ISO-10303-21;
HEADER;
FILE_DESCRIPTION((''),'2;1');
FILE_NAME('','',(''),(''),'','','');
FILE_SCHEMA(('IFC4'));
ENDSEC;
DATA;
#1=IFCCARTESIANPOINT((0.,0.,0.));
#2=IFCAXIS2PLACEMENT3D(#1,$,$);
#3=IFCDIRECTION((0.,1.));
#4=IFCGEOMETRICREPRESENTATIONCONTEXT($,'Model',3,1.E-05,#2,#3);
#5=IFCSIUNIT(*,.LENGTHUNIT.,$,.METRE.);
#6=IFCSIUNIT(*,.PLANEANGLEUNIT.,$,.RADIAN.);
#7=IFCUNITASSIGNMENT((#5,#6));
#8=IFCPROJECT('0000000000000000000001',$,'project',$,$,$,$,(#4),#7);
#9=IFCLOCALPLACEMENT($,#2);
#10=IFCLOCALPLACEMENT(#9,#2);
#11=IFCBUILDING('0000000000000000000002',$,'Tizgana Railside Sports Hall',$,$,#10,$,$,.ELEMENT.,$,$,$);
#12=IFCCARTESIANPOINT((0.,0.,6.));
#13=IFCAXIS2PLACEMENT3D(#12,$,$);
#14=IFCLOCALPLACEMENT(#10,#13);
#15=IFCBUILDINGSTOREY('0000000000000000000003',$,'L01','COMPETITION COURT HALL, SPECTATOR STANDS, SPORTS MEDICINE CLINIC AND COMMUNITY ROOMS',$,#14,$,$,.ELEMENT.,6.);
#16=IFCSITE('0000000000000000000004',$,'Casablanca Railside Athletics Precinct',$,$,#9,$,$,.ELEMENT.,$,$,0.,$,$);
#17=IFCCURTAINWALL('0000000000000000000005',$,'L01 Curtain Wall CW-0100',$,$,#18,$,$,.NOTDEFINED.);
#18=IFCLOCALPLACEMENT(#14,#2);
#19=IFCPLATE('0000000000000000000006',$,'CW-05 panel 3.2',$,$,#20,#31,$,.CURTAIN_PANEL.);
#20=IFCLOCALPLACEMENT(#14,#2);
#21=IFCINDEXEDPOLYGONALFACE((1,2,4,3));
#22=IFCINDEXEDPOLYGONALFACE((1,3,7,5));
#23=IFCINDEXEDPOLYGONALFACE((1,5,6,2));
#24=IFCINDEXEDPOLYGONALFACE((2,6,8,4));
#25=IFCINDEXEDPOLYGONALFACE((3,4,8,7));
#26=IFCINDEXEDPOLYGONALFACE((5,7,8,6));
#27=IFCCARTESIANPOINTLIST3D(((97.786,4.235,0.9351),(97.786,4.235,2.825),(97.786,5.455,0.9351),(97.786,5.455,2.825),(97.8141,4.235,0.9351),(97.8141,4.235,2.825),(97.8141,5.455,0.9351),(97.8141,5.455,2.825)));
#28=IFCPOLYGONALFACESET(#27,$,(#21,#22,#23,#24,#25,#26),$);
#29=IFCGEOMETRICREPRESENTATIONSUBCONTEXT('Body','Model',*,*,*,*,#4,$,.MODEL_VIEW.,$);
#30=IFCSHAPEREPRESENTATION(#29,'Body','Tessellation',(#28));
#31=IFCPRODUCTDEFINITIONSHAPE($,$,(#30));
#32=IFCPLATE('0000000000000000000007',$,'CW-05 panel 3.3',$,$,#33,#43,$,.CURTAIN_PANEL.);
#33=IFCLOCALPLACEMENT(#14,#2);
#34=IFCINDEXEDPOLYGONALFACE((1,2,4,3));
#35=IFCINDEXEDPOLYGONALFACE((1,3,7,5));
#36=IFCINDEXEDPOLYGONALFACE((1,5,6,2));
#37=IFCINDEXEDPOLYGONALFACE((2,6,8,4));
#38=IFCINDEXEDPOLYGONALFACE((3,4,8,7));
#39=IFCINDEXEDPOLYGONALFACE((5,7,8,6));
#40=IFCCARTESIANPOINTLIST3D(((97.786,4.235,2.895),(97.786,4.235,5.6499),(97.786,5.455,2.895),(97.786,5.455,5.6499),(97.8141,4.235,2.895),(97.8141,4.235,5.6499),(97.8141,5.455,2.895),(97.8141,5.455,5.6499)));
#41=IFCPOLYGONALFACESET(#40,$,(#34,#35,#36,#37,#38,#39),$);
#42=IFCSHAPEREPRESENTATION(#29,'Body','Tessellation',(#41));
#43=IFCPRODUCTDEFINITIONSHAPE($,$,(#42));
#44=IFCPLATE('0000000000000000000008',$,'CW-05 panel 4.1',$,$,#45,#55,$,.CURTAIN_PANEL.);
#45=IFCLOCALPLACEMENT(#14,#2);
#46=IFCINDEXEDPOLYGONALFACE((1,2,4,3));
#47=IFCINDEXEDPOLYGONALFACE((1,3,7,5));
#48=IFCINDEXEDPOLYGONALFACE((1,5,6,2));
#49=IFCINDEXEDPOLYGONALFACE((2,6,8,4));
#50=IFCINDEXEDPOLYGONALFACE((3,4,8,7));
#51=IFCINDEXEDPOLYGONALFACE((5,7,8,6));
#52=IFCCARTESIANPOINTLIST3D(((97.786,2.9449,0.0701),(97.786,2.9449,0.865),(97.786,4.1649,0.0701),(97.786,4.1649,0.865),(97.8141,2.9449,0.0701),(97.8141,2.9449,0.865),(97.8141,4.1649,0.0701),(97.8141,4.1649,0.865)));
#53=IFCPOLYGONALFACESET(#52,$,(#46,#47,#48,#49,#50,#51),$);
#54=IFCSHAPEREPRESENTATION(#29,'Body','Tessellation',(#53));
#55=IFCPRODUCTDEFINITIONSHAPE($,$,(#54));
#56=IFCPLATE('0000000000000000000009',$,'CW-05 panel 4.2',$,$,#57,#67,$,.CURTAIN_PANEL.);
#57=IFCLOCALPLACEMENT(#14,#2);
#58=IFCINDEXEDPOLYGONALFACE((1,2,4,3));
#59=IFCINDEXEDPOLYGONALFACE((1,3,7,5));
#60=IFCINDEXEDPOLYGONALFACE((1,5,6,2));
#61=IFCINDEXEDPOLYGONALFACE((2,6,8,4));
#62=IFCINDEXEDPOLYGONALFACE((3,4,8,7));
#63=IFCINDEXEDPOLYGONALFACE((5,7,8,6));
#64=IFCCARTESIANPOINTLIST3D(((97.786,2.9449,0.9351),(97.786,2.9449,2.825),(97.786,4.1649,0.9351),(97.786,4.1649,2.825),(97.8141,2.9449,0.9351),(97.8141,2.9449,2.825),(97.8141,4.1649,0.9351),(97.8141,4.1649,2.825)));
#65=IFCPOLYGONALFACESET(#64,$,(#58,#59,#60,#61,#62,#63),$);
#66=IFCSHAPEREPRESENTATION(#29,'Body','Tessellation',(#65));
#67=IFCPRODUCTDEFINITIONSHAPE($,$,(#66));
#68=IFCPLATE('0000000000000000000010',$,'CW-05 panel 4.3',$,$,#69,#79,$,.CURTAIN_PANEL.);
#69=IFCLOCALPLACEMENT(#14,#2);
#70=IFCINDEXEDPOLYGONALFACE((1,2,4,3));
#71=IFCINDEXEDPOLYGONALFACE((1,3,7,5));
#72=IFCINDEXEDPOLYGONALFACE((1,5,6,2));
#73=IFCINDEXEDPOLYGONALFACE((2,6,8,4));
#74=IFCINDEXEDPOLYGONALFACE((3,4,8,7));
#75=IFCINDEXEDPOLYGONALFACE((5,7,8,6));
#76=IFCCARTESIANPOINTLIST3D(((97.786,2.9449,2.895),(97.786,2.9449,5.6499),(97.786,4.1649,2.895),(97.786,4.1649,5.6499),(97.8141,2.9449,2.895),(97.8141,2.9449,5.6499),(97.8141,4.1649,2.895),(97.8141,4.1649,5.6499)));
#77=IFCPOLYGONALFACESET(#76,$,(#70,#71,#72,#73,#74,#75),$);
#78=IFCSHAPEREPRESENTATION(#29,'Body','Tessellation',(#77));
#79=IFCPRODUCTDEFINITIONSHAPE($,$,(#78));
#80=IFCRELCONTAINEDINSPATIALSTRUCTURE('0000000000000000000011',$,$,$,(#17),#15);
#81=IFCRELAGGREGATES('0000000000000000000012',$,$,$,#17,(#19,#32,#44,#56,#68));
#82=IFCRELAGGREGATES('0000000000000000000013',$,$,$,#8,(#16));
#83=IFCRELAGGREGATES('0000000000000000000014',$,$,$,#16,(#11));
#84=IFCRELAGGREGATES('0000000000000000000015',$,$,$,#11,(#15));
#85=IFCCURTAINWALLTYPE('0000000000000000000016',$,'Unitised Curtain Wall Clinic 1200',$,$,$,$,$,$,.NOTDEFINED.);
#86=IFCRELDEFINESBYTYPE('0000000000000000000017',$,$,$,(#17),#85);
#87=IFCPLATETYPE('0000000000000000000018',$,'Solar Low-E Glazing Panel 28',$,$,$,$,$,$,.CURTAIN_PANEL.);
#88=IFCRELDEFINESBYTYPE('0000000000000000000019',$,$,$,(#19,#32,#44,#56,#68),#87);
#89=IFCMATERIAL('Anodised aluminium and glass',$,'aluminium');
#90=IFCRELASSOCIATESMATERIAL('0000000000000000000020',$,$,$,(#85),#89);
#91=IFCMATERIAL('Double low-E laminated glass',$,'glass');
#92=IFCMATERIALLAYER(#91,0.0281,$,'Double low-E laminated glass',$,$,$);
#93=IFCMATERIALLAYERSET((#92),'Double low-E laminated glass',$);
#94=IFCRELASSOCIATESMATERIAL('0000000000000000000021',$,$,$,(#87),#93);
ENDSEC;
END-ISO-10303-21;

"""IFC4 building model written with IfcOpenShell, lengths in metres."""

from ifc_helpers import new_model, si_unit, direction, frame, origin, origin_2d, place, context, subcontext, project, spatial, rectangle, extrude, material, layer, layer_set, type_object, element, aggregate, save


model = new_model("IFC4")

# Units and contexts
model_context = context("Model", 3, precision=1e-05, world=origin(), true_north=direction((0.0, 1.0)))
body_context = subcontext(model_context, "Body", "Model", "MODEL_VIEW")
ifc_project = project(units=[si_unit("LENGTHUNIT", "METRE"), si_unit("PLANEANGLEUNIT", "RADIAN")], contexts=[model_context])

# Site, building, storey
site_placement = place(None, origin())
site = spatial("IfcSite", under=ifc_project, at=site_placement, Name="Casablanca Railside Athletics Precinct", CompositionType="ELEMENT", RefElevation=0.0)
building_placement = place(site_placement, origin())
building = spatial("IfcBuilding", under=site, at=building_placement, Name="Tizgana Railside Sports Hall", CompositionType="ELEMENT")
storey_placement = place(building_placement, frame((0.0, 0.0, 6.0)))
storey = spatial("IfcBuildingStorey", under=building, at=storey_placement, Name="L01", Description="COMPETITION COURT HALL, SPECTATOR STANDS, SPORTS MEDICINE CLINIC AND COMMUNITY ROOMS", CompositionType="ELEMENT", Elevation=6.0)

# Curtain wall, plates
ifc_material_1 = material(Name="Anodised aluminium and glass", Category="aluminium")
curtain_wall_type = type_object("IfcCurtainWallType", Name="Unitised Curtain Wall Clinic 1200", PredefinedType="NOTDEFINED", material=ifc_material_1)
curtain_wall_placement = place(storey_placement, origin())
curtain_wall = element("IfcCurtainWall", 1, at=curtain_wall_placement, inside=storey, type_object=curtain_wall_type, Name="L01 Curtain Wall CW-0100", PredefinedType="NOTDEFINED")
ifc_material_2 = material(Name="Double low-E laminated glass", Category="glass")
ifc_layer = layer(ifc_material_2, 0.0281, Name="Double low-E laminated glass")
ifc_layer_set = layer_set([ifc_layer], Name="Double low-E laminated glass")
plate_type = type_object("IfcPlateType", Name="Solar Low-E Glazing Panel 28", PredefinedType="CURTAIN_PANEL", material=ifc_layer_set)
plate_1_placement = place(storey_placement, frame((97.8, 4.845, 0.9351), z_axis=(0.0, 0.0, 1.0), x_axis=(0.0, -1.0, 0.0)))
plate_1 = element("IfcPlate", 2, at=plate_1_placement, type_object=plate_type, Name="CW-05 panel 3.2", PredefinedType="CURTAIN_PANEL", context=body_context, shape_type="SweptSolid", body=[
    extrude(rectangle(XDim=1.22, YDim=0.0281, at=origin_2d()), origin(), (0.0, 0.0, 1.0), 1.8899),
])
plate_2_placement = place(storey_placement, frame((97.8, 4.845, 2.895), z_axis=(0.0, 0.0, 1.0), x_axis=(0.0, -1.0, 0.0)))
plate_2 = element("IfcPlate", 3, at=plate_2_placement, type_object=plate_type, Name="CW-05 panel 3.3", PredefinedType="CURTAIN_PANEL", context=body_context, shape_type="SweptSolid", body=[
    extrude(rectangle(XDim=1.22, YDim=0.0281, at=origin_2d()), origin(), (0.0, 0.0, 1.0), 2.7549),
])
plate_3_placement = place(storey_placement, frame((97.8, 3.5549, 0.0701), z_axis=(0.0, 0.0, 1.0), x_axis=(0.0, -1.0, 0.0)))
plate_3 = element("IfcPlate", 4, at=plate_3_placement, type_object=plate_type, Name="CW-05 panel 4.1", PredefinedType="CURTAIN_PANEL", context=body_context, shape_type="SweptSolid", body=[
    extrude(rectangle(XDim=1.22, YDim=0.0281, at=origin_2d()), origin(), (0.0, 0.0, 1.0), 0.7949),
])
plate_4_placement = place(storey_placement, frame((97.8, 3.5549, 0.9351), z_axis=(0.0, 0.0, 1.0), x_axis=(0.0, -1.0, 0.0)))
plate_4 = element("IfcPlate", 5, at=plate_4_placement, type_object=plate_type, Name="CW-05 panel 4.2", PredefinedType="CURTAIN_PANEL", context=body_context, shape_type="SweptSolid", body=[
    extrude(rectangle(XDim=1.22, YDim=0.0281, at=origin_2d()), origin(), (0.0, 0.0, 1.0), 1.8899),
])
plate_5_placement = place(storey_placement, frame((97.8, 3.5549, 2.895), z_axis=(0.0, 0.0, 1.0), x_axis=(0.0, -1.0, 0.0)))
plate_5 = element("IfcPlate", 6, at=plate_5_placement, type_object=plate_type, Name="CW-05 panel 4.3", PredefinedType="CURTAIN_PANEL", context=body_context, shape_type="SweptSolid", body=[
    extrude(rectangle(XDim=1.22, YDim=0.0281, at=origin_2d()), origin(), (0.0, 0.0, 1.0), 2.7549),
])
aggregate(curtain_wall, [plate_1, plate_2, plate_3, plate_4, plate_5])

save(model, "model.ifc")
